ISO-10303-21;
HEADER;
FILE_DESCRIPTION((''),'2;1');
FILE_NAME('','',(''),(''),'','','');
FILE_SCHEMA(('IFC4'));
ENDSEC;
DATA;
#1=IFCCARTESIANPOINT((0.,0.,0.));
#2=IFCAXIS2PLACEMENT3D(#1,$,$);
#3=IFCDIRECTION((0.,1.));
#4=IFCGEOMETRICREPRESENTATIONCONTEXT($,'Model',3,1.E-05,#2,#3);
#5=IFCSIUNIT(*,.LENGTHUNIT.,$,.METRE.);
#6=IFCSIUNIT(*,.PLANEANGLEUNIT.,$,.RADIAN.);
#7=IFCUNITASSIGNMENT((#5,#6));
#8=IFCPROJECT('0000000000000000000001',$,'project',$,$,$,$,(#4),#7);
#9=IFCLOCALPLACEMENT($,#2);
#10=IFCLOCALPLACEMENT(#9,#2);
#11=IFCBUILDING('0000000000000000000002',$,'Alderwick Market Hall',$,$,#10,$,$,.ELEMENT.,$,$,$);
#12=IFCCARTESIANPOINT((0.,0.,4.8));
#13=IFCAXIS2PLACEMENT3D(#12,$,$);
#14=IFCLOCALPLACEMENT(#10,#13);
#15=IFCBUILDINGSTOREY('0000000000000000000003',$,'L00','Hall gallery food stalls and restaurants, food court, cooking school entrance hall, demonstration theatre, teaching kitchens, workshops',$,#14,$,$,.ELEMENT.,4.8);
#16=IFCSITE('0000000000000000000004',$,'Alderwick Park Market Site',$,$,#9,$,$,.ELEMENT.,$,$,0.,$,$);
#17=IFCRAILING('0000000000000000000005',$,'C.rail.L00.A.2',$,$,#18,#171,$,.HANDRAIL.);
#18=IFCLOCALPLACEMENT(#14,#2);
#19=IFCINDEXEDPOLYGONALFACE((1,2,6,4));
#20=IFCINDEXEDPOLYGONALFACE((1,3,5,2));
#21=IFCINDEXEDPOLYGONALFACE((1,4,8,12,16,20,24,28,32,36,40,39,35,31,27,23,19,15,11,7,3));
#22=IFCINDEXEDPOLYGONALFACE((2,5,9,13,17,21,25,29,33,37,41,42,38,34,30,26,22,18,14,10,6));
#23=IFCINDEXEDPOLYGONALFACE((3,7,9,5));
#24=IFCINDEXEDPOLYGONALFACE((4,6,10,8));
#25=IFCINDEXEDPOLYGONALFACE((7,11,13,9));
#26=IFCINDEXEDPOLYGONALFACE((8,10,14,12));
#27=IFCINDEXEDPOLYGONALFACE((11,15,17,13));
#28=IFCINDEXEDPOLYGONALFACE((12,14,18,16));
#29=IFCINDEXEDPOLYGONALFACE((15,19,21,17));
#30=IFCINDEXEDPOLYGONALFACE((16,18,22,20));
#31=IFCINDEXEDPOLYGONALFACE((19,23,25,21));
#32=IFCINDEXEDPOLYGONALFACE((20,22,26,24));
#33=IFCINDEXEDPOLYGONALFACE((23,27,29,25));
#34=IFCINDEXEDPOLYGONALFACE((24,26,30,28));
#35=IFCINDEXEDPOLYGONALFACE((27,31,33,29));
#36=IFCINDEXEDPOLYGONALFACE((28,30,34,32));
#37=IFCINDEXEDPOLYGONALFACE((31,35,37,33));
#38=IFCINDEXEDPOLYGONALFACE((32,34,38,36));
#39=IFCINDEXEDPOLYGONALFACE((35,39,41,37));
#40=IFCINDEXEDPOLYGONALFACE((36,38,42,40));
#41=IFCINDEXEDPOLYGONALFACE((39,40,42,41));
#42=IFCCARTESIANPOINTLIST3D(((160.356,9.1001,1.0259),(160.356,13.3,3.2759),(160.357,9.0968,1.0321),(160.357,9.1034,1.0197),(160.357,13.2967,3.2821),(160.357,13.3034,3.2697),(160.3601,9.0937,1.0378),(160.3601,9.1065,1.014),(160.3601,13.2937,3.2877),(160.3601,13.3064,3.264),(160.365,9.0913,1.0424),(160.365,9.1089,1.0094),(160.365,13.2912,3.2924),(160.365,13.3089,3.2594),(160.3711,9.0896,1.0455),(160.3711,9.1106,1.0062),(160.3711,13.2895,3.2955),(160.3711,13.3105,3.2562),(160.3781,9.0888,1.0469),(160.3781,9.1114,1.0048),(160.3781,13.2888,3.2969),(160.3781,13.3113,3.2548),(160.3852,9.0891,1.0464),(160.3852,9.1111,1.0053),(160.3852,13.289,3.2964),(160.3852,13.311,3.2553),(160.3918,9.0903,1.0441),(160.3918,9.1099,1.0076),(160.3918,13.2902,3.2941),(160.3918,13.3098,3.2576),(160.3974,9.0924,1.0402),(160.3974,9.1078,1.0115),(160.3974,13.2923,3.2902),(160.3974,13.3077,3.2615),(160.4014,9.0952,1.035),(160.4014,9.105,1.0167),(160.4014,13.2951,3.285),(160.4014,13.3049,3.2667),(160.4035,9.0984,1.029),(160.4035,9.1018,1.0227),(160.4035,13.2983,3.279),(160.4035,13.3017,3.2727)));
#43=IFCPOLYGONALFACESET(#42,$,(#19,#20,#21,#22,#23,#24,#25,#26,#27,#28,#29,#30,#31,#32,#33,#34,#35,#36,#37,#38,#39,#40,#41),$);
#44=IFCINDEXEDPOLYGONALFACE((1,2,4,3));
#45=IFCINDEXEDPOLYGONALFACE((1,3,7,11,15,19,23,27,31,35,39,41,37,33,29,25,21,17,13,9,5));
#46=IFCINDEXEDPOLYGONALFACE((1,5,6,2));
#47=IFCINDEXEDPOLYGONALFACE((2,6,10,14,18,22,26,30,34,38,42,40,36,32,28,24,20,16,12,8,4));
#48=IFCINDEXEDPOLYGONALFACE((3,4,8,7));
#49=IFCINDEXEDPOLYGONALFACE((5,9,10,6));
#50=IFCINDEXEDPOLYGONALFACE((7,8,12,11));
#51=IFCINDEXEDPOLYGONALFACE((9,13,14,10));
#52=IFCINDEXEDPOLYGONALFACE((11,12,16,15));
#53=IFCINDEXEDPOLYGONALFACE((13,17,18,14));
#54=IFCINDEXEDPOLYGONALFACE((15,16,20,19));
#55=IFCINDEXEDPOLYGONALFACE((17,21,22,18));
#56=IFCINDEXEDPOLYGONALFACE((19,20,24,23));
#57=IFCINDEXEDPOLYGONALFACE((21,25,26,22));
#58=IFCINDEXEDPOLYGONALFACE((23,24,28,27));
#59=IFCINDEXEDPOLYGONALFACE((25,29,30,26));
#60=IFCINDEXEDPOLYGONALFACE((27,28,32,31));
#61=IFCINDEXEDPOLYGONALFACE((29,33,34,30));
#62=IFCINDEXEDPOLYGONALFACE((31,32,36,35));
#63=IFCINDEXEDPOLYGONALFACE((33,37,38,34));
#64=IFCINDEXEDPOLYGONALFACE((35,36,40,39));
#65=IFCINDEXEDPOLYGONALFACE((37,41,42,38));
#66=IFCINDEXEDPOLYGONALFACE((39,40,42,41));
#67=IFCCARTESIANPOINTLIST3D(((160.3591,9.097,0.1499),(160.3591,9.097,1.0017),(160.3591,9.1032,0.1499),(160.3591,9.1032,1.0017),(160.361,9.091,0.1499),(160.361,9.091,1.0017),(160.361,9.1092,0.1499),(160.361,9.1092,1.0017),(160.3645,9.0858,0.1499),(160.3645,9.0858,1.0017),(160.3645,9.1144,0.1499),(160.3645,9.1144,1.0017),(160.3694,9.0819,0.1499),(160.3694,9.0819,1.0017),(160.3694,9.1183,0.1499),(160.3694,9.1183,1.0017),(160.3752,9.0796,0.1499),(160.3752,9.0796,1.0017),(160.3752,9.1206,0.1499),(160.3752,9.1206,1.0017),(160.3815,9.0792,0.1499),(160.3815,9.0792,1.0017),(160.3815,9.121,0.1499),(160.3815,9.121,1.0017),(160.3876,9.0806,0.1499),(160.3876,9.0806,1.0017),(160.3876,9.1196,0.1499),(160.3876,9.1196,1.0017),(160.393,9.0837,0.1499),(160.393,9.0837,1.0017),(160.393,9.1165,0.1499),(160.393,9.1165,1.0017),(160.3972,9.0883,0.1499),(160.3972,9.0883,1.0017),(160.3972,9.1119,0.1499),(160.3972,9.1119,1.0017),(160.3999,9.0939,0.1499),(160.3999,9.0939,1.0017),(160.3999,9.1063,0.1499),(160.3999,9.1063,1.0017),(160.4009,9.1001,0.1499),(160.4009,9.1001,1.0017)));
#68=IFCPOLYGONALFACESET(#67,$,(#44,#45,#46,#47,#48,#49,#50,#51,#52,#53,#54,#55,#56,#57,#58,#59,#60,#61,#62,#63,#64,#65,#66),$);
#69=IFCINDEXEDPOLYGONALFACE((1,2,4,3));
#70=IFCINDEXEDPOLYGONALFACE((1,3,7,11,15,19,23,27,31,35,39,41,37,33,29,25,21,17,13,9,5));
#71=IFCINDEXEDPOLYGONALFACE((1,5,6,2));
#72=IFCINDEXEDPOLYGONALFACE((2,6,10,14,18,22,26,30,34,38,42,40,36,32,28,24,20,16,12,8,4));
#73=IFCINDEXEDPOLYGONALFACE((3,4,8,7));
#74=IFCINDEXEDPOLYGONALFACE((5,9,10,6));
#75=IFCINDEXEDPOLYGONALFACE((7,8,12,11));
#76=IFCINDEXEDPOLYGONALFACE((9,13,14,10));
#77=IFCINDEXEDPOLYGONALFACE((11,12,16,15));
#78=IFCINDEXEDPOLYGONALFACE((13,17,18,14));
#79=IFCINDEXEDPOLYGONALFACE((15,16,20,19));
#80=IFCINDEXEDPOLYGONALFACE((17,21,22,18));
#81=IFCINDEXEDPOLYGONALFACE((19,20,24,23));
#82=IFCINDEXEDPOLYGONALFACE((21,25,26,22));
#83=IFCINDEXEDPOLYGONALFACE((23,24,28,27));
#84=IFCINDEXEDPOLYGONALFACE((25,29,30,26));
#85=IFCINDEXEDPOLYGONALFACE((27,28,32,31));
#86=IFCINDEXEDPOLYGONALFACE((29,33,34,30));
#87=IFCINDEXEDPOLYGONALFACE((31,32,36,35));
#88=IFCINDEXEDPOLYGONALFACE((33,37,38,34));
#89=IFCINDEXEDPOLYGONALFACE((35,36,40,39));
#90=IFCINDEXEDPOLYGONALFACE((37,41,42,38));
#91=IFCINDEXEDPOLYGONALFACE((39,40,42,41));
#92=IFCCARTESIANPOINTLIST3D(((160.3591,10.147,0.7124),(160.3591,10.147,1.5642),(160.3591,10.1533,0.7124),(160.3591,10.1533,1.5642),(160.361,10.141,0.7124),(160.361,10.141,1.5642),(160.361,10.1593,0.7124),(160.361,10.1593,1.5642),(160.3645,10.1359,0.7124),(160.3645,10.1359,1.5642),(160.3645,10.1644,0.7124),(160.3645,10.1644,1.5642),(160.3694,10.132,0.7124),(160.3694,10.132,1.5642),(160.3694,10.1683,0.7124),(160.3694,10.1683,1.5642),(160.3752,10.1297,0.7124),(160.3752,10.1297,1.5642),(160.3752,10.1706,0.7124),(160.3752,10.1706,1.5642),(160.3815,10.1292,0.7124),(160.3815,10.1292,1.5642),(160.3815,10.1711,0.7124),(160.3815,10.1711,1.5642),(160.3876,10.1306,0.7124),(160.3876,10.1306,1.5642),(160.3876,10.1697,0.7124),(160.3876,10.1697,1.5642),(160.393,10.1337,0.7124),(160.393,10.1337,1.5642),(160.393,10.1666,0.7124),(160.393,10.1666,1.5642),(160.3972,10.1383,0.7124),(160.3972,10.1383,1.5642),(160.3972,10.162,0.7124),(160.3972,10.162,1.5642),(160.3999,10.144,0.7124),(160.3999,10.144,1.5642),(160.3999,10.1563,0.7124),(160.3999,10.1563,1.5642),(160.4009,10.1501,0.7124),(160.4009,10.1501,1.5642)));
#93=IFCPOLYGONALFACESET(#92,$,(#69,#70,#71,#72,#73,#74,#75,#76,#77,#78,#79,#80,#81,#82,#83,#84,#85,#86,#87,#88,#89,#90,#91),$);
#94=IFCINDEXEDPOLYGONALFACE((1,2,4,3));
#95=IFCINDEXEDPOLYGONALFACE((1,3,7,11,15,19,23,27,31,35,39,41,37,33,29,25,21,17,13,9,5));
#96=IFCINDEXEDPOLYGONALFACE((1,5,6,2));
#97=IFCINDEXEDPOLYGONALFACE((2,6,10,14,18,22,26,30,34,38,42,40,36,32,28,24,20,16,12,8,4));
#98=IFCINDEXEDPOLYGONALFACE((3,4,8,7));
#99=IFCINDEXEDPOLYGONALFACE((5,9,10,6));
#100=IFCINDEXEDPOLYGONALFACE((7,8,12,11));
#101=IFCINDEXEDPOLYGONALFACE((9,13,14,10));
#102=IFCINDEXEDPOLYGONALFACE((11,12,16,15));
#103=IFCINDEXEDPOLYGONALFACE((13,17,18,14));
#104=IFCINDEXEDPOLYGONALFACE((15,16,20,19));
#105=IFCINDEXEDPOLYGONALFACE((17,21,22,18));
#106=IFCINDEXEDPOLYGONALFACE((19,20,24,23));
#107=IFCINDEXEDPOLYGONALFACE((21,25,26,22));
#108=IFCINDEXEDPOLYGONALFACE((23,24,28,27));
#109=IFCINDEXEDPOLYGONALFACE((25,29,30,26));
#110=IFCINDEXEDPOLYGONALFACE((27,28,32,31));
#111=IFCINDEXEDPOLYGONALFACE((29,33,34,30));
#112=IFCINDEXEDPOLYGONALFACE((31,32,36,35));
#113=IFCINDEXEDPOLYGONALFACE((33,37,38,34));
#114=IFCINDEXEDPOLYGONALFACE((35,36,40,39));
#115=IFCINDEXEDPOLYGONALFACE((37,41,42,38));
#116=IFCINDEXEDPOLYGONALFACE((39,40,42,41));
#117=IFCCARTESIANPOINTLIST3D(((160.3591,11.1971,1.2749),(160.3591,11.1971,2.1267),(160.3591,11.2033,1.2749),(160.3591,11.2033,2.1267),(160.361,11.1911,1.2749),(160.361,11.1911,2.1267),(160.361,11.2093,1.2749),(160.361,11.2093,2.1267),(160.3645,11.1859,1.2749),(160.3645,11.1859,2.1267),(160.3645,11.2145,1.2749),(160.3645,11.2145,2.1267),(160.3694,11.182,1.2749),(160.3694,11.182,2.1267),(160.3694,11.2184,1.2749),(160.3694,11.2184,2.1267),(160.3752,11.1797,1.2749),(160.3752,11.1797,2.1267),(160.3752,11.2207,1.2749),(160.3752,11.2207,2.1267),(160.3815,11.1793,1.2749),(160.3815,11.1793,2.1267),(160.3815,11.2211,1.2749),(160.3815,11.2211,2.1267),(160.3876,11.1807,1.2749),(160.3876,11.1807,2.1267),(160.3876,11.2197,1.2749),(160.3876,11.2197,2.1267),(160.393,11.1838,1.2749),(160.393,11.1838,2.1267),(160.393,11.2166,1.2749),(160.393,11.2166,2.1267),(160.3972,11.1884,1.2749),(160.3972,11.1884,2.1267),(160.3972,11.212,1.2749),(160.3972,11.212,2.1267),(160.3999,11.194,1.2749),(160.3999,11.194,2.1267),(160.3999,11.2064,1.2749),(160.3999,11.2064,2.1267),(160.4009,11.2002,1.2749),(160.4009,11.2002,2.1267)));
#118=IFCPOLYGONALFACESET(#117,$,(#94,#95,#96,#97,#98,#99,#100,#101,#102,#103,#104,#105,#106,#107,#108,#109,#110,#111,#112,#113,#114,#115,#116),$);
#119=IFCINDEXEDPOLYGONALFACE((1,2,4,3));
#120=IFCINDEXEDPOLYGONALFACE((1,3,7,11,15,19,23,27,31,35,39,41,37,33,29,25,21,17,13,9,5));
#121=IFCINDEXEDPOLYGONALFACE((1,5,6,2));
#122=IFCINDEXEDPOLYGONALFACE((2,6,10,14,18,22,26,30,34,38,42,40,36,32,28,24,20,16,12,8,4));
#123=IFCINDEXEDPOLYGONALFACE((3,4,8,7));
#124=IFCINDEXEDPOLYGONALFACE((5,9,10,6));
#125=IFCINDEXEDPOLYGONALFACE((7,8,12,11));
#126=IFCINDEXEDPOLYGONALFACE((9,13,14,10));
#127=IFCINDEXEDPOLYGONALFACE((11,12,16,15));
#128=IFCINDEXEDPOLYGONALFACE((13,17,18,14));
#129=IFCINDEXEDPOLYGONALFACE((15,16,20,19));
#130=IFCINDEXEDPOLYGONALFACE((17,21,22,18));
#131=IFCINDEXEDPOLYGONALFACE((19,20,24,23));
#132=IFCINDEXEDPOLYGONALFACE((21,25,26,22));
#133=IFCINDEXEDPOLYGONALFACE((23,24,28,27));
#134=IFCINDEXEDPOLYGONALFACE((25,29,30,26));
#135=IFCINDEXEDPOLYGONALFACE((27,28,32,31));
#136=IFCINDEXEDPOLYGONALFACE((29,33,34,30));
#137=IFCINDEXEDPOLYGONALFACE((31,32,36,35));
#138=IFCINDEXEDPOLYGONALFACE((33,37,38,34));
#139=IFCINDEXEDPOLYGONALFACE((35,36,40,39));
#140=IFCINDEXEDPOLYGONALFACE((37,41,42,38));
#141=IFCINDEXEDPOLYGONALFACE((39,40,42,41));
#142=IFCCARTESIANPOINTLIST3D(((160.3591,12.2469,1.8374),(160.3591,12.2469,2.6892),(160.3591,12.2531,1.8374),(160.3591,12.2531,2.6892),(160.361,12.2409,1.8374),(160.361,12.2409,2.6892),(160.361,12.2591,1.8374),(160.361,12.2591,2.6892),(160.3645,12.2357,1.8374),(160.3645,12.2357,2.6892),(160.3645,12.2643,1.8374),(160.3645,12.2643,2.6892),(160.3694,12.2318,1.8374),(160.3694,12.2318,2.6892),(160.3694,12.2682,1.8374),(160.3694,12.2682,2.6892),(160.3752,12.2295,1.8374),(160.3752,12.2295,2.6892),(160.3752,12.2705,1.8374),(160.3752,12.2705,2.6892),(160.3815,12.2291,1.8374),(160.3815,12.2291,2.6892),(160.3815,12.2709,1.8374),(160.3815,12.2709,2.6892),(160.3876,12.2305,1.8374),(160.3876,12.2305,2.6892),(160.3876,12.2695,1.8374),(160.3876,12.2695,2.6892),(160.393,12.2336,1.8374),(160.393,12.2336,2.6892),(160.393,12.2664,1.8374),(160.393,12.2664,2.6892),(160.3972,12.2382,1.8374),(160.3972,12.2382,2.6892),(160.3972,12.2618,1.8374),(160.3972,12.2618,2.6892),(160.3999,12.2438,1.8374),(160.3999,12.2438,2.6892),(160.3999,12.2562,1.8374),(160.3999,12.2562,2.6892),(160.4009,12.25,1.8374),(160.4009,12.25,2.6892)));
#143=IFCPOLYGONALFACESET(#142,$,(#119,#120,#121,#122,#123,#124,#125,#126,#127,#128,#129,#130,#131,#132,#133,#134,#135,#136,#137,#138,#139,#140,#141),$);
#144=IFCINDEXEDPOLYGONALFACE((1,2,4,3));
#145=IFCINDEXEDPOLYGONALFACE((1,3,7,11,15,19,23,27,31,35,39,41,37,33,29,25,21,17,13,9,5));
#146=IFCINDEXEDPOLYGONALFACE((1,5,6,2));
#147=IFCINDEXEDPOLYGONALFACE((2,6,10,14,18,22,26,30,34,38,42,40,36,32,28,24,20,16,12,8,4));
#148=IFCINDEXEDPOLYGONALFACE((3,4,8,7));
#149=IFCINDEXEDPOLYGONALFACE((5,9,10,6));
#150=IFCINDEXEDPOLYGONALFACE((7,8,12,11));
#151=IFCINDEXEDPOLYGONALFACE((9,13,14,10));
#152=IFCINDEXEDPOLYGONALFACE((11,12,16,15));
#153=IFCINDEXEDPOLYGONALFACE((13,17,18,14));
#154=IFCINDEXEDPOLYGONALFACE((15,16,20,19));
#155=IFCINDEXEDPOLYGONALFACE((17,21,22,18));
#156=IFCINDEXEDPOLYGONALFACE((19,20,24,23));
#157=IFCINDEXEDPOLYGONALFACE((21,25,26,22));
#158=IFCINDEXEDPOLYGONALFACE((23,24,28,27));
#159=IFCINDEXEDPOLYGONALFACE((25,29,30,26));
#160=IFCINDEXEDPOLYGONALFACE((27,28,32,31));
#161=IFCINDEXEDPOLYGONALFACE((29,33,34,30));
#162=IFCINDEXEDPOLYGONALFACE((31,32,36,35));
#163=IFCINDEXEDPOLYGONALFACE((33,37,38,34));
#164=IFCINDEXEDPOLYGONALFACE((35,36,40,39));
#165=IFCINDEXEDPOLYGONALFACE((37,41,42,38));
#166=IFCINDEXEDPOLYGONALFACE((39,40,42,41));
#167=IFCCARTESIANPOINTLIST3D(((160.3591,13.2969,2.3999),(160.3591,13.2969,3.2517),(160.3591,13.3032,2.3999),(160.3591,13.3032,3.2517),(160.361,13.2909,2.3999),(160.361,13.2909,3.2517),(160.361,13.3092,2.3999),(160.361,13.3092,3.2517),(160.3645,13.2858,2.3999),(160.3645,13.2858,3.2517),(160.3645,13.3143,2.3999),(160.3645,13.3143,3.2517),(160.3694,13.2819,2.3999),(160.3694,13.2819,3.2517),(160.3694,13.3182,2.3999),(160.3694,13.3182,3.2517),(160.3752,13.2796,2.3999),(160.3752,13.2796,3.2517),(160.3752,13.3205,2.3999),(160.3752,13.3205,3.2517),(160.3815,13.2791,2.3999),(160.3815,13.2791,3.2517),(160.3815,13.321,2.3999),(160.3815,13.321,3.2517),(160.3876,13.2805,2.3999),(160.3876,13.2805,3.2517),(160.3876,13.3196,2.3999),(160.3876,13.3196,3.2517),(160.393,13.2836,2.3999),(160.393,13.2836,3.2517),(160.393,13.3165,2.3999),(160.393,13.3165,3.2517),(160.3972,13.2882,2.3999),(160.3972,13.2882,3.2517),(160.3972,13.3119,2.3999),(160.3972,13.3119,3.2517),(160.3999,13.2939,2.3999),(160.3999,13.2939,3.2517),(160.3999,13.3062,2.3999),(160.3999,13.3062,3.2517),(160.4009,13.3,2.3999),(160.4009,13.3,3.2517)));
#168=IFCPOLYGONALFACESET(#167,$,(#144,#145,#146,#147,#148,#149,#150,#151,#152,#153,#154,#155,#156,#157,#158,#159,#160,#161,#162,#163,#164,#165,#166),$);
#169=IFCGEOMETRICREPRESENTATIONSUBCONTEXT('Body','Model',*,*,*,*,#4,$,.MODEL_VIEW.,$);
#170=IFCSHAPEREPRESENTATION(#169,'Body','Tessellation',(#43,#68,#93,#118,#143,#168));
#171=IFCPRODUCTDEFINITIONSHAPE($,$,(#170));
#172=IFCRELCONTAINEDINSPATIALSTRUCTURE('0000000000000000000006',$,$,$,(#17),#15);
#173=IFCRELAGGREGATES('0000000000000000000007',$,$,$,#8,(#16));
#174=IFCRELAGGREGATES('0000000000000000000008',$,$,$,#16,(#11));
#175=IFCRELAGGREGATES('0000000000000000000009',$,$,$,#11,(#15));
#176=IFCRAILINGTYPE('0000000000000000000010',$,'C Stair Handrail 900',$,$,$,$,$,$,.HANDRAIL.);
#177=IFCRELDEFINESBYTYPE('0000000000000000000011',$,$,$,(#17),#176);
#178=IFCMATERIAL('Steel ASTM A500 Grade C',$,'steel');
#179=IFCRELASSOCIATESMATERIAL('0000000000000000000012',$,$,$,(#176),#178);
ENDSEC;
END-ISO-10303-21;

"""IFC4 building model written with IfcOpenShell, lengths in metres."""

from ifc_helpers import new_model, si_unit, direction, frame, origin, origin_2d, place, context, subcontext, project, spatial, circle, extrude, material, type_object, element, save


model = new_model("IFC4")

# Units and contexts
model_context = context("Model", 3, precision=1e-05, world=origin(), true_north=direction((0.0, 1.0)))
body_context = subcontext(model_context, "Body", "Model", "MODEL_VIEW")
ifc_project = project(units=[si_unit("LENGTHUNIT", "METRE"), si_unit("PLANEANGLEUNIT", "RADIAN")], contexts=[model_context])

# Site, building, storey
site_placement = place(None, origin())
site = spatial("IfcSite", under=ifc_project, at=site_placement, Name="Alderwick Park Market Site", CompositionType="ELEMENT", RefElevation=0.0)
building_placement = place(site_placement, origin())
building = spatial("IfcBuilding", under=site, at=building_placement, Name="Alderwick Market Hall", CompositionType="ELEMENT")
storey_placement = place(building_placement, frame((0.0, 0.0, 4.8)))
storey = spatial("IfcBuildingStorey", under=building, at=storey_placement, Name="L00", Description="Hall gallery food stalls and restaurants, food court, cooking school entrance hall, demonstration theatre, teaching kitchens, workshops", CompositionType="ELEMENT", Elevation=4.8)

# Railing
ifc_material_1 = material(Name="Steel ASTM A500 Grade C", Category="steel")
railing_type_1 = type_object("IfcRailingType", Name="C Stair Handrail 900", PredefinedType="HANDRAIL", material=ifc_material_1)
for number, where, name in (
    (1, (160.3799, 9.1001, 0.1499), "C.rail.L00.A.2"),
):
    element("IfcRailing", number, at=place(storey_placement, frame(where)), inside=storey, type_object=railing_type_1, Name=name, PredefinedType="HANDRAIL", context=body_context, shape_type="SweptSolid", body=[
        extrude(circle(Radius=0.0239, at=origin_2d()), frame((0.0, 0.0, 0.876), z_axis=(0.0, 0.881478, 0.472226), x_axis=(-1.0, 0.0, 0.0)), (0.0, 0.0, 1.0), 4.7646),
        extrude(circle(Radius=0.021, at=origin_2d()), origin(), (0.0, 0.0, 1.0), 0.8518),
        extrude(circle(Radius=0.021, at=origin_2d()), frame((0.0, 1.05, 0.5625)), (0.0, 0.0, 1.0), 0.8518),
        extrude(circle(Radius=0.021, at=origin_2d()), frame((0.0, 2.1001, 1.125)), (0.0, 0.0, 1.0), 0.8518),
        extrude(circle(Radius=0.021, at=origin_2d()), frame((0.0, 3.1499, 1.6875)), (0.0, 0.0, 1.0), 0.8518),
        extrude(circle(Radius=0.021, at=origin_2d()), frame((0.0, 4.2, 2.25)), (0.0, 0.0, 1.0), 0.8518),
    ])

save(model, "model.ifc")
